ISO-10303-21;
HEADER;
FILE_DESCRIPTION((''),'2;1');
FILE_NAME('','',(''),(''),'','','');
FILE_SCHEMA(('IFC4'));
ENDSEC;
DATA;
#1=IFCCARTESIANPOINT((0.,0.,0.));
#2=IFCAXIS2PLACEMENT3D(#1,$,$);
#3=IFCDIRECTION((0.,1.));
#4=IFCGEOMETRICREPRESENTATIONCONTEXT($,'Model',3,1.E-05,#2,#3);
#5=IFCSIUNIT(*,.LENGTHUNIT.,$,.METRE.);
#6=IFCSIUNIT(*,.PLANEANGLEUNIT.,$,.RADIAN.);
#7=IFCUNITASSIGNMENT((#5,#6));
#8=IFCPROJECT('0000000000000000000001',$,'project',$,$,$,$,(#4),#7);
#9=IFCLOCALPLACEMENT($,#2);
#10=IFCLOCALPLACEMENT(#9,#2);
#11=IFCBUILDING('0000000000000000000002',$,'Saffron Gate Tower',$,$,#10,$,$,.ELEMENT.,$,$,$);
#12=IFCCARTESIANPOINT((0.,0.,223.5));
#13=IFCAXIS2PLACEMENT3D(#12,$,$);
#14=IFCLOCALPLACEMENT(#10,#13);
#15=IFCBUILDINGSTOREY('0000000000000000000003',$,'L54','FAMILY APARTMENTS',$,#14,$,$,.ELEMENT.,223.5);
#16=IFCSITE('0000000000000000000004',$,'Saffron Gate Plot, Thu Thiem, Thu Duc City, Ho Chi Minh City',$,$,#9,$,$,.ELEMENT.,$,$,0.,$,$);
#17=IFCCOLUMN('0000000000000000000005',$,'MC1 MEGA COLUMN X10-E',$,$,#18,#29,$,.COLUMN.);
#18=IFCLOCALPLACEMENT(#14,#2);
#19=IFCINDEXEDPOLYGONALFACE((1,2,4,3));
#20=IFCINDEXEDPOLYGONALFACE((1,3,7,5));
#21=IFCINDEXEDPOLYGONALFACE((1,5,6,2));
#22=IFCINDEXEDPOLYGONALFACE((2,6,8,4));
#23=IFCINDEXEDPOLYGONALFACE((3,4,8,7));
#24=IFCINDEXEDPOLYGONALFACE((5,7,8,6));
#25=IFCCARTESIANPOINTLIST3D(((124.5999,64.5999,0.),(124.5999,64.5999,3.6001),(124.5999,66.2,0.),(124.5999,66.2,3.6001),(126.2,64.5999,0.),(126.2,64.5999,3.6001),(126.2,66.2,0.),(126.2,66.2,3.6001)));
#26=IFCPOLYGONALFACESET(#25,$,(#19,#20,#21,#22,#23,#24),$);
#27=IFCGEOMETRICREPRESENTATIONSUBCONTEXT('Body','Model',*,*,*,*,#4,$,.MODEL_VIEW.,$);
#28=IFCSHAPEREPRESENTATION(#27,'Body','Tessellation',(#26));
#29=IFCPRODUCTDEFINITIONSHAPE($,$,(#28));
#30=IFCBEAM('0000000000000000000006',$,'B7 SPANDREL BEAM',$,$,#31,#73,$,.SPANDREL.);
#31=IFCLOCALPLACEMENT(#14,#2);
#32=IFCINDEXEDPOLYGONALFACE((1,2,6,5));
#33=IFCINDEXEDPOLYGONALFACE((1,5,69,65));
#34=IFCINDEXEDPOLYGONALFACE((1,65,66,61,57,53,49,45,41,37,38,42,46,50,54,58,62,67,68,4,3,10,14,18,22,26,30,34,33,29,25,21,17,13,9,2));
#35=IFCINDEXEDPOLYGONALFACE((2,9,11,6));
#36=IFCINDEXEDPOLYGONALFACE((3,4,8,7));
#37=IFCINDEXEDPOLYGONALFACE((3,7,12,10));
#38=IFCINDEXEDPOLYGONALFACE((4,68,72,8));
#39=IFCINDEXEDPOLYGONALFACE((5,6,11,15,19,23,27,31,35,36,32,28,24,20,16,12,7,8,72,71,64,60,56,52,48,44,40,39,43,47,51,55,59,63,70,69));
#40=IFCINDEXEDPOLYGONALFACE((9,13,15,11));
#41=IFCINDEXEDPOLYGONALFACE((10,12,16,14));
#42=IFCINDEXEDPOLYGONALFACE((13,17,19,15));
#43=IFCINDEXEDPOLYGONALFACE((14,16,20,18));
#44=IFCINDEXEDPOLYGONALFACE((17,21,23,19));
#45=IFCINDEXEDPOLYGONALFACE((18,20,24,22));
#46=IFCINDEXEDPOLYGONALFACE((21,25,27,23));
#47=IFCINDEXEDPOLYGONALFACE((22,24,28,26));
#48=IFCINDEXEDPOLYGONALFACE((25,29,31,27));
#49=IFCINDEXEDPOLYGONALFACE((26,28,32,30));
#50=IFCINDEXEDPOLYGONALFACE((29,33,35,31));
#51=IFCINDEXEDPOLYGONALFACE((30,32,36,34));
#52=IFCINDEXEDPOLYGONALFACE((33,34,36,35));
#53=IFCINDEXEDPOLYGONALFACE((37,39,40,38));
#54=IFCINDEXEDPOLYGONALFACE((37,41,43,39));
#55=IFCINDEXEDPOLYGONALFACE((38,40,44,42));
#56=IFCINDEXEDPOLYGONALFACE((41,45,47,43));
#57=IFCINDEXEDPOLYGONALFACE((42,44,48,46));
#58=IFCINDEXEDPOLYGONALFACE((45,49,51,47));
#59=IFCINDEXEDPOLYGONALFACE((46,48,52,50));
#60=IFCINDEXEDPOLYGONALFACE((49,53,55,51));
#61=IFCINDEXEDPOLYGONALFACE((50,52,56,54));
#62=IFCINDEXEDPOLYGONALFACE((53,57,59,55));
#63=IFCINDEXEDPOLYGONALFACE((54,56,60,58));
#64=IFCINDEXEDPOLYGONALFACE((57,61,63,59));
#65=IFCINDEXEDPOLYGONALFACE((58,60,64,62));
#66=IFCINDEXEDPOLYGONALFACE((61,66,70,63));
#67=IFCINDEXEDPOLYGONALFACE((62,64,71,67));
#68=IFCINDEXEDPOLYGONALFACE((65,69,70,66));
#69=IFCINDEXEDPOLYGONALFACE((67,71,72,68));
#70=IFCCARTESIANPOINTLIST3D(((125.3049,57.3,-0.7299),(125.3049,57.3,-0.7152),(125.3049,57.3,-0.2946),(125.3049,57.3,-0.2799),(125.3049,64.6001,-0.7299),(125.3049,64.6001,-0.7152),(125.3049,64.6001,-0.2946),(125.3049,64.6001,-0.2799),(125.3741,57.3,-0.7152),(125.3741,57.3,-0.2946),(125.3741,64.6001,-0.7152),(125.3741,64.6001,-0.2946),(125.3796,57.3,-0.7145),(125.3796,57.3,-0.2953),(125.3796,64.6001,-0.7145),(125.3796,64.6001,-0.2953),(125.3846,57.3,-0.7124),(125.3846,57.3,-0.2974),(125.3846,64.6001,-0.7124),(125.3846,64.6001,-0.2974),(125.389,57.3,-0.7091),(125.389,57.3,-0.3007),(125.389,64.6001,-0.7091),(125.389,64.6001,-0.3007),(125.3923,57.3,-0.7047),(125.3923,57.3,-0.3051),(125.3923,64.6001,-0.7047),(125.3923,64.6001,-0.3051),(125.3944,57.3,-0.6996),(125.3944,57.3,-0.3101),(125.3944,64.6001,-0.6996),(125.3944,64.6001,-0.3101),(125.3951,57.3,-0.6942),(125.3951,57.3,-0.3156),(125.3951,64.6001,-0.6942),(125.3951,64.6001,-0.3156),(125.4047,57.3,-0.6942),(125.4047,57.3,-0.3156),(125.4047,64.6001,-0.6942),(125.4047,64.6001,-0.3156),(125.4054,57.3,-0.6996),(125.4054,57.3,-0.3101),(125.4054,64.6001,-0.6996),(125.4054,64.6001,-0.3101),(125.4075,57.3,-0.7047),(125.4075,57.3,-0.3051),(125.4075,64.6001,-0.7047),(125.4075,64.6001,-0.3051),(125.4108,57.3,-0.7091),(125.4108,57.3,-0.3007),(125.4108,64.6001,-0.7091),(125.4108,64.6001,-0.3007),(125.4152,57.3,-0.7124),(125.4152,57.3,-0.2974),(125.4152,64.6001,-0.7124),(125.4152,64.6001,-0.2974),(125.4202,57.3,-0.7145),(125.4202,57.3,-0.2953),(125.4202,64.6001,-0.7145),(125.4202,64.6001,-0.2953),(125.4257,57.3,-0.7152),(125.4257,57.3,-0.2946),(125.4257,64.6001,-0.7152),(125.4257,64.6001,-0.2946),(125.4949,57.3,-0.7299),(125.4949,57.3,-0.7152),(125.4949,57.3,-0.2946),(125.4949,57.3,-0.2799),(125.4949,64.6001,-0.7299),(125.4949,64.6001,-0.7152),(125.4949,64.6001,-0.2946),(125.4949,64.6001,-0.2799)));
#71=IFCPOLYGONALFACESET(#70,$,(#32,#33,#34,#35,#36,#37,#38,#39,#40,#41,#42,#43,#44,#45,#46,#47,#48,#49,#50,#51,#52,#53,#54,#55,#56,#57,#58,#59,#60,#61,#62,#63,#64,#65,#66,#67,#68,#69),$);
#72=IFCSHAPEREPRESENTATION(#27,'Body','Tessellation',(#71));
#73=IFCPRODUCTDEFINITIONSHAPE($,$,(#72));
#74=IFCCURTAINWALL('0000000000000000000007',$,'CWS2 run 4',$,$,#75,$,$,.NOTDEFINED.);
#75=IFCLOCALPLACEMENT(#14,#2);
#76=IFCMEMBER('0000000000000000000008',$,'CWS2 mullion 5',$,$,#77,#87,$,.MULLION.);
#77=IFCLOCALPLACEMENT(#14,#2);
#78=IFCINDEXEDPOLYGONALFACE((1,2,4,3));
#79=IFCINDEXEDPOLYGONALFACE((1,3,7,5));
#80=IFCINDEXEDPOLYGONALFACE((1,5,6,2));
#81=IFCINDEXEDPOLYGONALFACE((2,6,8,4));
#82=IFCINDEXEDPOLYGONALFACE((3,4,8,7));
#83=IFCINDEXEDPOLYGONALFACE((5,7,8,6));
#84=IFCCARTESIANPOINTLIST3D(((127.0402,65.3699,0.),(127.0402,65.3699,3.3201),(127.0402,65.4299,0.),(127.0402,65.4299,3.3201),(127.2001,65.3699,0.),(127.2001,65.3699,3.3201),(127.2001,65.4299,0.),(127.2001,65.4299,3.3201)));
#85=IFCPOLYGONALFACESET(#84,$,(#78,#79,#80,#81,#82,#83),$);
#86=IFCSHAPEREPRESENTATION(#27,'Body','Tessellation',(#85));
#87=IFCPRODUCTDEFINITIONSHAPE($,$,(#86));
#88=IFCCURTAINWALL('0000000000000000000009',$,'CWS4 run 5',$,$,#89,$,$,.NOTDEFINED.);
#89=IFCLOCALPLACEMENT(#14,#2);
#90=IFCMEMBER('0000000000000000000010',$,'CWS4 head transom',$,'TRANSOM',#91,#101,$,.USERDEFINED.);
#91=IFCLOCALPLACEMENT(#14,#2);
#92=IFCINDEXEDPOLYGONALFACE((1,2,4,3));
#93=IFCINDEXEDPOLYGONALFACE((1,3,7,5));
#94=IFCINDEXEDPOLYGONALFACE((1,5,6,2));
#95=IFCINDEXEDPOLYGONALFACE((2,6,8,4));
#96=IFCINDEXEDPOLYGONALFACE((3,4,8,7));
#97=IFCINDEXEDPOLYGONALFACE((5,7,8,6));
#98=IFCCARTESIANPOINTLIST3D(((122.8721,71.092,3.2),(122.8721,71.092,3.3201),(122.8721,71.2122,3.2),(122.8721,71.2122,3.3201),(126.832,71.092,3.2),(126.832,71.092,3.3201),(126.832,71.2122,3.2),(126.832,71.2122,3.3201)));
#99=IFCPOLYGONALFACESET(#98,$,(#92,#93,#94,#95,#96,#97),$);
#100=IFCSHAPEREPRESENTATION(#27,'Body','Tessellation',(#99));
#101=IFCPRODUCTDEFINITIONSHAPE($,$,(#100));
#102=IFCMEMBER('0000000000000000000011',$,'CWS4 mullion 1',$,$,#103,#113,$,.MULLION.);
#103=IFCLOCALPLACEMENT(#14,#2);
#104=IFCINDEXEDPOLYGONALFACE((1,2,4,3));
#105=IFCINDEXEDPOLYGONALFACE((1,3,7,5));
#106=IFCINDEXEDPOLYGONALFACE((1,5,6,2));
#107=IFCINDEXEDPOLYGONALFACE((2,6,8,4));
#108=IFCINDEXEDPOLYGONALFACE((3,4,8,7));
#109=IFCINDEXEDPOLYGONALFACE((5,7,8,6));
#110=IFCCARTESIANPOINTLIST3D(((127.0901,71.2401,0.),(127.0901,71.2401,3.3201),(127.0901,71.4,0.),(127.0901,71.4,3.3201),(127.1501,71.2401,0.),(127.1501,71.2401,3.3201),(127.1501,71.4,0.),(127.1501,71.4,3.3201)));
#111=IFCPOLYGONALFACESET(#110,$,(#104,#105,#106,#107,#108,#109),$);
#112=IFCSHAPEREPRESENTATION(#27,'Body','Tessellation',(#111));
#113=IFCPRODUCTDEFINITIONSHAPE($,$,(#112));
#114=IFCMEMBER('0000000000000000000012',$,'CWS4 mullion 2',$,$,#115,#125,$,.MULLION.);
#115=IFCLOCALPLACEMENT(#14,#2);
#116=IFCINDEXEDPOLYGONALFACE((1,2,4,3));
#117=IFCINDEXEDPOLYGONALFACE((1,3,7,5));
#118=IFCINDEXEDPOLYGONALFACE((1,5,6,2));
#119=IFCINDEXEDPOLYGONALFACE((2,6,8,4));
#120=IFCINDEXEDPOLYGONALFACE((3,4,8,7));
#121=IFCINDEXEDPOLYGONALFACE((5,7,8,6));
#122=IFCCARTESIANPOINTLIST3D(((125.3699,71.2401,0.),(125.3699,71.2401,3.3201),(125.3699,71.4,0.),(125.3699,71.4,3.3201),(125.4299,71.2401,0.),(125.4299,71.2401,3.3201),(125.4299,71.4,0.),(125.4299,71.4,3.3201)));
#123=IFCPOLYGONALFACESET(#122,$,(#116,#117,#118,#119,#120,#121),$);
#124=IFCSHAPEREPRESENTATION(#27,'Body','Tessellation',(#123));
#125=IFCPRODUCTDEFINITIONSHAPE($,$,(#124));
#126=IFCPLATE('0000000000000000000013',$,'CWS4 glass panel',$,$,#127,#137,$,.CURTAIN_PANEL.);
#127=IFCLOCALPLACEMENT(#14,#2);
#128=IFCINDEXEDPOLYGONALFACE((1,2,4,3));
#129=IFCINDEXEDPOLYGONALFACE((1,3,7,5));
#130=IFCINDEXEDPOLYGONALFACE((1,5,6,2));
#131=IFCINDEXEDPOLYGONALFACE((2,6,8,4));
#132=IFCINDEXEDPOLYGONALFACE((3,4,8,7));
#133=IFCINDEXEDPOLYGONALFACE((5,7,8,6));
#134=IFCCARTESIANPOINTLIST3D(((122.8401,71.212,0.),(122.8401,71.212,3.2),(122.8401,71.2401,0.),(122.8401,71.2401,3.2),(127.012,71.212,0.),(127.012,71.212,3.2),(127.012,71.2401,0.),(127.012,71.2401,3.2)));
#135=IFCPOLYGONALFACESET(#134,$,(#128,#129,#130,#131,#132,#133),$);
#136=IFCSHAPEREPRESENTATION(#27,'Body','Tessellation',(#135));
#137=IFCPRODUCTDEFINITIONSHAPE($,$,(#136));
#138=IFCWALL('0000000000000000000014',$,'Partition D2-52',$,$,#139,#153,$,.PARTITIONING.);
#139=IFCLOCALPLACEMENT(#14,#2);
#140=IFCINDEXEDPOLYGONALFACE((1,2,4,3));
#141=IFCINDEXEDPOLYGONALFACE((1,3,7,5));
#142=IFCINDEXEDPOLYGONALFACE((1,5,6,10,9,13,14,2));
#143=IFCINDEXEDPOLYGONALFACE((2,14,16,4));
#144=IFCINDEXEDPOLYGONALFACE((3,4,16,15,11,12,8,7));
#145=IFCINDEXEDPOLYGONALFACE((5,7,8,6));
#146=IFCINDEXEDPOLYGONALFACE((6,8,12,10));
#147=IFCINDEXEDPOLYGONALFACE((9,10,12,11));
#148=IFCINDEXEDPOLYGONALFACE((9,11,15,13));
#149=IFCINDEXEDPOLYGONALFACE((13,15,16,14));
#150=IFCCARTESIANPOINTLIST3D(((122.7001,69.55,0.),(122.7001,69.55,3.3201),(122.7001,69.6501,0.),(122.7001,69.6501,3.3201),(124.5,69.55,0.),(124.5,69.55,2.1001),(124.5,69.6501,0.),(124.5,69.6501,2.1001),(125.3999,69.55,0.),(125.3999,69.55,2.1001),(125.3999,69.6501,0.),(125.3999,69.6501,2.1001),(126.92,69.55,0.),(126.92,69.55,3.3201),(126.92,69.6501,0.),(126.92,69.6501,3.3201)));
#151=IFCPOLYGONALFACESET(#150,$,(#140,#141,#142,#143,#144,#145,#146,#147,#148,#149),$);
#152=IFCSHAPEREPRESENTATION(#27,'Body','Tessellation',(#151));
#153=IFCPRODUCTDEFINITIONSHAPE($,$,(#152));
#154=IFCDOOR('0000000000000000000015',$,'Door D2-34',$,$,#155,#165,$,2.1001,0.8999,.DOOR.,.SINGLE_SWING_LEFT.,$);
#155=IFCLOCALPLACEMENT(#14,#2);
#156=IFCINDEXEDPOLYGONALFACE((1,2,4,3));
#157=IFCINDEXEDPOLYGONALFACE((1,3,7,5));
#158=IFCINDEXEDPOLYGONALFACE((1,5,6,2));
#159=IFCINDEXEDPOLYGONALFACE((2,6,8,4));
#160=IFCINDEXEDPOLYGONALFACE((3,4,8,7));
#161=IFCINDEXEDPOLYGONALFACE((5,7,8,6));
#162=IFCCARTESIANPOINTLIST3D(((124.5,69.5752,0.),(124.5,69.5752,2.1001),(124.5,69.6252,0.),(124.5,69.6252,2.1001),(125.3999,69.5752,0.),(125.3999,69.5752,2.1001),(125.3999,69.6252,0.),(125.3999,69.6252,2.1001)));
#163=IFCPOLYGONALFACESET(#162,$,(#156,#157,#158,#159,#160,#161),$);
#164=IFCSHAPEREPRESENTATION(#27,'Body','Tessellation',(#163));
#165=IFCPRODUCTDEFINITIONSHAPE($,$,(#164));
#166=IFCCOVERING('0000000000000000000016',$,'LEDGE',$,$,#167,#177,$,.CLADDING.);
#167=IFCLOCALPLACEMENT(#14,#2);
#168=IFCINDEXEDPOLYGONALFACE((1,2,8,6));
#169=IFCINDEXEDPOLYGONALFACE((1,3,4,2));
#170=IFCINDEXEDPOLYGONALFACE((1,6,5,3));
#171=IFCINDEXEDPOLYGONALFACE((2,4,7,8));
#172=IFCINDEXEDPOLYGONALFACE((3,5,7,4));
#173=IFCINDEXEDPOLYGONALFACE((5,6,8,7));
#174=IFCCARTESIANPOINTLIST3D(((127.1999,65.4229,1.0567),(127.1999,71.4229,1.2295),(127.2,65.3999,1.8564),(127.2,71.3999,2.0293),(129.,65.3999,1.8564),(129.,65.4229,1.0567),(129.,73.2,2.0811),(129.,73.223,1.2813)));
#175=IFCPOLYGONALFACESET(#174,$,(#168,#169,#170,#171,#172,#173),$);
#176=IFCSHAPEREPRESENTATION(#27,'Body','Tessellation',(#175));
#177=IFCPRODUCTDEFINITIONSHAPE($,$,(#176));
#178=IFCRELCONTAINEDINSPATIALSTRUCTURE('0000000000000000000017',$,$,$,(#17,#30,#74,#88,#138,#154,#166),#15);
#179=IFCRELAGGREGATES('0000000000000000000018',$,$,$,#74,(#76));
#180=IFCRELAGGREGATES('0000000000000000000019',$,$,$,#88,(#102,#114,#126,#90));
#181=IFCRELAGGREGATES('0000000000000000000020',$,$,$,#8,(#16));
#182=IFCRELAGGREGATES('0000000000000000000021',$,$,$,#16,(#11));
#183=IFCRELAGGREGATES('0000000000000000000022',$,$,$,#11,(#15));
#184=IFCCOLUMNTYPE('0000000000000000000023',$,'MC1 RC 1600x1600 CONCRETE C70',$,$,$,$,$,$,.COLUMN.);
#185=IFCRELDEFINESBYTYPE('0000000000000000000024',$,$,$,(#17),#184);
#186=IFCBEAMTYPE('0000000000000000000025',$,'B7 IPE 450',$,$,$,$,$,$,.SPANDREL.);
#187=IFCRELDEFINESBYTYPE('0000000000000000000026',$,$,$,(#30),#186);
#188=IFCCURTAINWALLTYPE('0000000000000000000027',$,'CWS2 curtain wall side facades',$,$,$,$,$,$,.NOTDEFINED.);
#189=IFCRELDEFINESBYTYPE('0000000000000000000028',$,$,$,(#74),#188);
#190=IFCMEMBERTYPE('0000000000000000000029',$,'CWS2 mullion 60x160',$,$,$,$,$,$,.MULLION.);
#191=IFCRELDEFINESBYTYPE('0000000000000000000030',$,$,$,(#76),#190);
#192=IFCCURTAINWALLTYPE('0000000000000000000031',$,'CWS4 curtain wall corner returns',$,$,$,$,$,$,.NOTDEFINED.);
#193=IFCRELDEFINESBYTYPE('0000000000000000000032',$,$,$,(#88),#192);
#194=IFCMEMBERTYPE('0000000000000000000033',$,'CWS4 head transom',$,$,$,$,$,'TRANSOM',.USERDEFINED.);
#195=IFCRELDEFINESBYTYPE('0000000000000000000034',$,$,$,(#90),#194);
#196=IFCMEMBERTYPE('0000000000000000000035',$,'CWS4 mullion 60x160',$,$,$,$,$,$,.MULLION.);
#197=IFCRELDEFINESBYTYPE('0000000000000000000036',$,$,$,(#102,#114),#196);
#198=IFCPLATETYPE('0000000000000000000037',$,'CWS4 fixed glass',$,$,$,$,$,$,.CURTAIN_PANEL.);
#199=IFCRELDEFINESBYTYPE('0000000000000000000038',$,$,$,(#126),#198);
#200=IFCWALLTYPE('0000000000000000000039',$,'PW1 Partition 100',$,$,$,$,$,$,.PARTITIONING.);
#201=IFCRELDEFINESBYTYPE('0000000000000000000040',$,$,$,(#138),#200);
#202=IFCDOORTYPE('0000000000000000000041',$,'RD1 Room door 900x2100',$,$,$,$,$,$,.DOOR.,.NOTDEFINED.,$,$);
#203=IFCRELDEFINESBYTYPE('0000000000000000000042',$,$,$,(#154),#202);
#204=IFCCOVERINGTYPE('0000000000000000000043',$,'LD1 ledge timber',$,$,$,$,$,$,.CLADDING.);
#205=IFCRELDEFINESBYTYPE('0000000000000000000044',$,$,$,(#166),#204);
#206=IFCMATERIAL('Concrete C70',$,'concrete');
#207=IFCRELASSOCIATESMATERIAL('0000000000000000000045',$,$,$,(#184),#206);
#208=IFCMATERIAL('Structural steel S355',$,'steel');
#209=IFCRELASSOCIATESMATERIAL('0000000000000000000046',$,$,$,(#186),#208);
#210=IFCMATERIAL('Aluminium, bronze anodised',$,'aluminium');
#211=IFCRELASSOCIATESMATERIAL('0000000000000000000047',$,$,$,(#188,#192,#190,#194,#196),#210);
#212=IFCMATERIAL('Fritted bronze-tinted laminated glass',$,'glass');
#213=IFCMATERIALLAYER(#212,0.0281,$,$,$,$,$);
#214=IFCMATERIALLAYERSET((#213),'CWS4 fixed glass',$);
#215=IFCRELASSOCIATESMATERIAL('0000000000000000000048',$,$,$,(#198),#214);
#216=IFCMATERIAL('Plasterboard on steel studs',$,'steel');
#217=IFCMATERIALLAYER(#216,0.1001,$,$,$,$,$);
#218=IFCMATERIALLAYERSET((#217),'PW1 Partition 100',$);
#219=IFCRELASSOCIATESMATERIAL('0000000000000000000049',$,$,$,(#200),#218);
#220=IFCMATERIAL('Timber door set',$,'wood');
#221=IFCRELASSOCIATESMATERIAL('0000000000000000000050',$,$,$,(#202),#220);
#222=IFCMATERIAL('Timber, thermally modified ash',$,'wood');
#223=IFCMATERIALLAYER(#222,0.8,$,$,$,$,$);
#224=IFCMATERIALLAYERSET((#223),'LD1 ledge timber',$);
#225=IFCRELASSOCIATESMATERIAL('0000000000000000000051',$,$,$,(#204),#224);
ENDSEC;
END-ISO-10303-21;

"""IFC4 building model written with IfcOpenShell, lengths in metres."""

from ifc_helpers import new_model, si_unit, direction, frame, frame_2d, origin, origin_2d, place, context, subcontext, project, spatial, polyline, rectangle, i_section, outline, extrude, material, layer, layer_set, material_profile, profile_set, type_object, element, fill, aggregate, save


model = new_model("IFC4")

# Units and contexts
model_context = context("Model", 3, precision=1e-05, world=origin(), true_north=direction((0.0, 1.0)))
body_context = subcontext(model_context, "Body", "Model", "MODEL_VIEW")
ifc_project = project(units=[si_unit("LENGTHUNIT", "METRE"), si_unit("PLANEANGLEUNIT", "RADIAN")], contexts=[model_context])

# Site, building, storey
site_placement = place(None, origin())
site = spatial("IfcSite", under=ifc_project, at=site_placement, Name="Saffron Gate Plot, Thu Thiem, Thu Duc City, Ho Chi Minh City", CompositionType="ELEMENT", RefElevation=0.0)
building_placement = place(site_placement, origin())
building = spatial("IfcBuilding", under=site, at=building_placement, Name="Saffron Gate Tower", CompositionType="ELEMENT")
storey_placement = place(building_placement, frame((0.0, 0.0, 223.5)))
storey = spatial("IfcBuildingStorey", under=building, at=storey_placement, Name="L54", Description="FAMILY APARTMENTS", CompositionType="ELEMENT", Elevation=223.5)

# Column
ifc_material_1 = material(Name="Concrete C70", Category="concrete")
ifc_material_profile_1 = material_profile(ifc_material_1, rectangle(XDim=1.6001, YDim=1.6001, at=origin_2d()))
ifc_profile_set_1 = profile_set([ifc_material_profile_1], Name="Concrete C70")
column_type = type_object("IfcColumnType", Name="MC1 RC 1600x1600 CONCRETE C70", PredefinedType="COLUMN", material=ifc_profile_set_1)
column_placement = place(storey_placement, frame((125.3999, 65.3999, 0.0), z_axis=(0.0, 0.0, 1.0), x_axis=(1.0, 0.0, 0.0)))
element("IfcColumn", 1, at=column_placement, inside=storey, type_object=column_type, Name="MC1 MEGA COLUMN X10-E", PredefinedType="COLUMN", context=body_context, shape_type="SweptSolid", body=[
    extrude(rectangle(XDim=1.6001, YDim=1.6001, at=origin_2d()), origin(), (0.0, 0.0, 1.0), 3.6001),
])

# Beam
ifc_material_2 = material(Name="Structural steel S355", Category="steel")
ifc_material_profile_2 = material_profile(ifc_material_2, i_section(OverallWidth=0.1899, OverallDepth=0.45, WebThickness=0.0095, FlangeThickness=0.0146, FilletRadius=0.021, at=origin_2d()))
ifc_profile_set_2 = profile_set([ifc_material_profile_2], Name="Structural steel S355")
beam_type = type_object("IfcBeamType", Name="B7 IPE 450", PredefinedType="SPANDREL", material=ifc_profile_set_2)
beam_placement = place(storey_placement, frame((125.3999, 57.3, -0.5049), z_axis=(0.0, 1.0, 0.0), x_axis=(-1.0, 0.0, 0.0)))
element("IfcBeam", 2, at=beam_placement, inside=storey, type_object=beam_type, Name="B7 SPANDREL BEAM", PredefinedType="SPANDREL", context=body_context, shape_type="SweptSolid", body=[
    extrude(i_section(OverallWidth=0.1899, OverallDepth=0.45, WebThickness=0.0095, FlangeThickness=0.0146, FilletRadius=0.021, at=origin_2d()), origin(), (0.0, 0.0, 1.0), 7.3),
])

# Curtain wall, member
ifc_material_3 = material(Name="Aluminium, bronze anodised", Category="aluminium")
curtain_wall_type_1 = type_object("IfcCurtainWallType", Name="CWS2 curtain wall side facades", PredefinedType="NOTDEFINED", material=ifc_material_3)
curtain_wall_1_placement = place(storey_placement, origin())
curtain_wall_1 = element("IfcCurtainWall", 3, at=curtain_wall_1_placement, inside=storey, type_object=curtain_wall_type_1, Name="CWS2 run 4", PredefinedType="NOTDEFINED")
ifc_material_profile_3 = material_profile(ifc_material_3, rectangle(XDim=0.1599, YDim=0.0601, at=origin_2d()))
ifc_profile_set_3 = profile_set([ifc_material_profile_3], Name="Aluminium, bronze anodised")
member_type_1 = type_object("IfcMemberType", Name="CWS2 mullion 60x160", PredefinedType="MULLION", material=ifc_profile_set_3)
member_1_placement = place(storey_placement, frame((127.1201, 65.3999, 0.0), z_axis=(0.0, 0.0, 1.0), x_axis=(-1.0, 0.0, 0.0)))
member_1 = element("IfcMember", 4, at=member_1_placement, type_object=member_type_1, Name="CWS2 mullion 5", PredefinedType="MULLION", context=body_context, shape_type="SweptSolid", body=[
    extrude(rectangle(XDim=0.1599, YDim=0.0601, at=origin_2d()), origin(), (0.0, 0.0, 1.0), 3.3201),
])
aggregate(curtain_wall_1, [member_1])

# Curtain wall, members, plate
curtain_wall_type_2 = type_object("IfcCurtainWallType", Name="CWS4 curtain wall corner returns", PredefinedType="NOTDEFINED", material=ifc_material_3)
curtain_wall_2_placement = place(storey_placement, origin())
curtain_wall_2 = element("IfcCurtainWall", 5, at=curtain_wall_2_placement, inside=storey, type_object=curtain_wall_type_2, Name="CWS4 run 5", PredefinedType="NOTDEFINED")
ifc_material_profile_4 = material_profile(ifc_material_3, rectangle(XDim=0.1201, YDim=0.1201, at=origin_2d()))
ifc_profile_set_4 = profile_set([ifc_material_profile_4], Name="Aluminium, bronze anodised")
member_type_2 = type_object("IfcMemberType", Name="CWS4 head transom", ElementType="TRANSOM", PredefinedType="USERDEFINED", material=ifc_profile_set_4)
member_2_placement = place(storey_placement, frame((126.832, 71.1521, 3.26), z_axis=(-1.0, 0.0, 0.0), x_axis=(0.0, -1.0, 0.0)))
member_2 = element("IfcMember", 6, at=member_2_placement, type_object=member_type_2, Name="CWS4 head transom", ObjectType="TRANSOM", PredefinedType="USERDEFINED", context=body_context, shape_type="SweptSolid", body=[
    extrude(rectangle(XDim=0.1201, YDim=0.1201, at=origin_2d()), origin(), (0.0, 0.0, 1.0), 3.96),
])
ifc_material_profile_5 = material_profile(ifc_material_3, rectangle(XDim=0.1599, YDim=0.0601, at=origin_2d()))
ifc_profile_set_5 = profile_set([ifc_material_profile_5], Name="Aluminium, bronze anodised")
member_type_3 = type_object("IfcMemberType", Name="CWS4 mullion 60x160", PredefinedType="MULLION", material=ifc_profile_set_5)
member_3_placement = place(storey_placement, frame((127.1201, 71.3201, 0.0), z_axis=(0.0, 0.0, 1.0), x_axis=(0.0, -1.0, 0.0)))
member_3 = element("IfcMember", 7, at=member_3_placement, type_object=member_type_3, Name="CWS4 mullion 1", PredefinedType="MULLION", context=body_context, shape_type="SweptSolid", body=[
    extrude(rectangle(XDim=0.1599, YDim=0.0601, at=origin_2d()), origin(), (0.0, 0.0, 1.0), 3.3201),
])
member_4_placement = place(storey_placement, frame((125.3999, 71.3201, 0.0), z_axis=(0.0, 0.0, 1.0), x_axis=(0.0, -1.0, 0.0)))
member_4 = element("IfcMember", 8, at=member_4_placement, type_object=member_type_3, Name="CWS4 mullion 2", PredefinedType="MULLION", context=body_context, shape_type="SweptSolid", body=[
    extrude(rectangle(XDim=0.1599, YDim=0.0601, at=origin_2d()), origin(), (0.0, 0.0, 1.0), 3.3201),
])
ifc_material_4 = material(Name="Fritted bronze-tinted laminated glass", Category="glass")
ifc_layer_1 = layer(ifc_material_4, 0.0281)
ifc_layer_set_1 = layer_set([ifc_layer_1], Name="CWS4 fixed glass")
plate_type = type_object("IfcPlateType", Name="CWS4 fixed glass", PredefinedType="CURTAIN_PANEL", material=ifc_layer_set_1)
plate_placement = place(storey_placement, frame((127.012, 71.2261, 0.0), z_axis=(0.0, 0.0, 1.0), x_axis=(-1.0, 0.0, 0.0)))
plate = element("IfcPlate", 9, at=plate_placement, type_object=plate_type, Name="CWS4 glass panel", PredefinedType="CURTAIN_PANEL", context=body_context, shape_type="SweptSolid", body=[
    extrude(rectangle(XDim=4.1719, YDim=0.0281, at=frame_2d((2.0859, 0.0))), origin(), (0.0, 0.0, 1.0), 3.2),
])
aggregate(curtain_wall_2, [member_3, member_4, plate, member_2])

# Wall, opening, door
ifc_material_5 = material(Name="Plasterboard on steel studs", Category="steel")
ifc_layer_2 = layer(ifc_material_5, 0.1001)
ifc_layer_set_2 = layer_set([ifc_layer_2], Name="PW1 Partition 100")
wall_type = type_object("IfcWallType", Name="PW1 Partition 100", PredefinedType="PARTITIONING", material=ifc_layer_set_2)
wall_placement = place(storey_placement, frame((126.9199, 69.6001, 0.0), z_axis=(0.0, 0.0, 1.0), x_axis=(-1.0, 0.0, 0.0)))
wall = element("IfcWall", 10, at=wall_placement, inside=storey, type_object=wall_type, Name="Partition D2-52", PredefinedType="PARTITIONING", context=body_context, shape_type="SweptSolid", body=[
    extrude(rectangle(XDim=4.22, YDim=0.1001, at=frame_2d((2.1099, 0.0))), origin(), (0.0, 0.0, 1.0), 3.3201),
])
opening_placement = place(wall_placement, frame((1.52, 0.0, 0.0)))
opening = element("IfcOpeningElement", 11, at=opening_placement, cuts=wall, PredefinedType="OPENING", context=body_context, shape_type="SweptSolid", body=[
    extrude(rectangle(XDim=0.8999, YDim=2.1001, at=frame_2d((0.45, 1.05))), frame((0.0, 0.0601, 0.0), z_axis=(0.0, -1.0, 0.0), x_axis=(1.0, 0.0, 0.0)), (0.0, 0.0, 1.0), 0.1201),
])
ifc_material_6 = material(Name="Timber door set", Category="wood")
door_type = type_object("IfcDoorType", Name="RD1 Room door 900x2100", OperationType="NOTDEFINED", PredefinedType="DOOR", material=ifc_material_6)
door_placement = place(opening_placement, origin())
door = element("IfcDoor", 12, at=door_placement, inside=storey, type_object=door_type, Name="Door D2-34", OperationType="SINGLE_SWING_LEFT", OverallHeight=2.1001, OverallWidth=0.8999, PredefinedType="DOOR", context=body_context, shape_type="SweptSolid", body=[
    extrude(rectangle(XDim=0.8999, YDim=2.1001, at=frame_2d((0.45, 1.05))), frame((0.0, 0.0249, 0.0), z_axis=(0.0, -1.0, 0.0), x_axis=(1.0, 0.0, 0.0)), (0.0, 0.0, 1.0), 0.05),
])
fill(opening, door)

# Covering
ifc_material_7 = material(Name="Timber, thermally modified ash", Category="wood")
ifc_layer_3 = layer(ifc_material_7, 0.8)
ifc_layer_set_3 = layer_set([ifc_layer_3], Name="LD1 ledge timber")
covering_type_1 = type_object("IfcCoveringType", Name="LD1 ledge timber", PredefinedType="CLADDING", material=ifc_layer_set_3)
covering_1_placement = place(storey_placement, frame((127.2, 65.3999, 1.8564), z_axis=(0.000024, -0.028789, 0.999585), x_axis=(0.0, 0.999585, 0.028789)))
element("IfcCovering", 13, at=covering_1_placement, inside=storey, type_object=covering_type_1, Name="LEDGE", PredefinedType="CLADDING", context=body_context, shape_type="SweptSolid", body=[
    extrude(outline(polyline([(0.0, 0.0), (6.0025, 0.0), (7.8033, -1.8), (0.0, -1.8), (0.0, 0.0)])), origin(), (0.0, 0.0, -1.0), 0.8),
])

save(model, "model.ifc")
